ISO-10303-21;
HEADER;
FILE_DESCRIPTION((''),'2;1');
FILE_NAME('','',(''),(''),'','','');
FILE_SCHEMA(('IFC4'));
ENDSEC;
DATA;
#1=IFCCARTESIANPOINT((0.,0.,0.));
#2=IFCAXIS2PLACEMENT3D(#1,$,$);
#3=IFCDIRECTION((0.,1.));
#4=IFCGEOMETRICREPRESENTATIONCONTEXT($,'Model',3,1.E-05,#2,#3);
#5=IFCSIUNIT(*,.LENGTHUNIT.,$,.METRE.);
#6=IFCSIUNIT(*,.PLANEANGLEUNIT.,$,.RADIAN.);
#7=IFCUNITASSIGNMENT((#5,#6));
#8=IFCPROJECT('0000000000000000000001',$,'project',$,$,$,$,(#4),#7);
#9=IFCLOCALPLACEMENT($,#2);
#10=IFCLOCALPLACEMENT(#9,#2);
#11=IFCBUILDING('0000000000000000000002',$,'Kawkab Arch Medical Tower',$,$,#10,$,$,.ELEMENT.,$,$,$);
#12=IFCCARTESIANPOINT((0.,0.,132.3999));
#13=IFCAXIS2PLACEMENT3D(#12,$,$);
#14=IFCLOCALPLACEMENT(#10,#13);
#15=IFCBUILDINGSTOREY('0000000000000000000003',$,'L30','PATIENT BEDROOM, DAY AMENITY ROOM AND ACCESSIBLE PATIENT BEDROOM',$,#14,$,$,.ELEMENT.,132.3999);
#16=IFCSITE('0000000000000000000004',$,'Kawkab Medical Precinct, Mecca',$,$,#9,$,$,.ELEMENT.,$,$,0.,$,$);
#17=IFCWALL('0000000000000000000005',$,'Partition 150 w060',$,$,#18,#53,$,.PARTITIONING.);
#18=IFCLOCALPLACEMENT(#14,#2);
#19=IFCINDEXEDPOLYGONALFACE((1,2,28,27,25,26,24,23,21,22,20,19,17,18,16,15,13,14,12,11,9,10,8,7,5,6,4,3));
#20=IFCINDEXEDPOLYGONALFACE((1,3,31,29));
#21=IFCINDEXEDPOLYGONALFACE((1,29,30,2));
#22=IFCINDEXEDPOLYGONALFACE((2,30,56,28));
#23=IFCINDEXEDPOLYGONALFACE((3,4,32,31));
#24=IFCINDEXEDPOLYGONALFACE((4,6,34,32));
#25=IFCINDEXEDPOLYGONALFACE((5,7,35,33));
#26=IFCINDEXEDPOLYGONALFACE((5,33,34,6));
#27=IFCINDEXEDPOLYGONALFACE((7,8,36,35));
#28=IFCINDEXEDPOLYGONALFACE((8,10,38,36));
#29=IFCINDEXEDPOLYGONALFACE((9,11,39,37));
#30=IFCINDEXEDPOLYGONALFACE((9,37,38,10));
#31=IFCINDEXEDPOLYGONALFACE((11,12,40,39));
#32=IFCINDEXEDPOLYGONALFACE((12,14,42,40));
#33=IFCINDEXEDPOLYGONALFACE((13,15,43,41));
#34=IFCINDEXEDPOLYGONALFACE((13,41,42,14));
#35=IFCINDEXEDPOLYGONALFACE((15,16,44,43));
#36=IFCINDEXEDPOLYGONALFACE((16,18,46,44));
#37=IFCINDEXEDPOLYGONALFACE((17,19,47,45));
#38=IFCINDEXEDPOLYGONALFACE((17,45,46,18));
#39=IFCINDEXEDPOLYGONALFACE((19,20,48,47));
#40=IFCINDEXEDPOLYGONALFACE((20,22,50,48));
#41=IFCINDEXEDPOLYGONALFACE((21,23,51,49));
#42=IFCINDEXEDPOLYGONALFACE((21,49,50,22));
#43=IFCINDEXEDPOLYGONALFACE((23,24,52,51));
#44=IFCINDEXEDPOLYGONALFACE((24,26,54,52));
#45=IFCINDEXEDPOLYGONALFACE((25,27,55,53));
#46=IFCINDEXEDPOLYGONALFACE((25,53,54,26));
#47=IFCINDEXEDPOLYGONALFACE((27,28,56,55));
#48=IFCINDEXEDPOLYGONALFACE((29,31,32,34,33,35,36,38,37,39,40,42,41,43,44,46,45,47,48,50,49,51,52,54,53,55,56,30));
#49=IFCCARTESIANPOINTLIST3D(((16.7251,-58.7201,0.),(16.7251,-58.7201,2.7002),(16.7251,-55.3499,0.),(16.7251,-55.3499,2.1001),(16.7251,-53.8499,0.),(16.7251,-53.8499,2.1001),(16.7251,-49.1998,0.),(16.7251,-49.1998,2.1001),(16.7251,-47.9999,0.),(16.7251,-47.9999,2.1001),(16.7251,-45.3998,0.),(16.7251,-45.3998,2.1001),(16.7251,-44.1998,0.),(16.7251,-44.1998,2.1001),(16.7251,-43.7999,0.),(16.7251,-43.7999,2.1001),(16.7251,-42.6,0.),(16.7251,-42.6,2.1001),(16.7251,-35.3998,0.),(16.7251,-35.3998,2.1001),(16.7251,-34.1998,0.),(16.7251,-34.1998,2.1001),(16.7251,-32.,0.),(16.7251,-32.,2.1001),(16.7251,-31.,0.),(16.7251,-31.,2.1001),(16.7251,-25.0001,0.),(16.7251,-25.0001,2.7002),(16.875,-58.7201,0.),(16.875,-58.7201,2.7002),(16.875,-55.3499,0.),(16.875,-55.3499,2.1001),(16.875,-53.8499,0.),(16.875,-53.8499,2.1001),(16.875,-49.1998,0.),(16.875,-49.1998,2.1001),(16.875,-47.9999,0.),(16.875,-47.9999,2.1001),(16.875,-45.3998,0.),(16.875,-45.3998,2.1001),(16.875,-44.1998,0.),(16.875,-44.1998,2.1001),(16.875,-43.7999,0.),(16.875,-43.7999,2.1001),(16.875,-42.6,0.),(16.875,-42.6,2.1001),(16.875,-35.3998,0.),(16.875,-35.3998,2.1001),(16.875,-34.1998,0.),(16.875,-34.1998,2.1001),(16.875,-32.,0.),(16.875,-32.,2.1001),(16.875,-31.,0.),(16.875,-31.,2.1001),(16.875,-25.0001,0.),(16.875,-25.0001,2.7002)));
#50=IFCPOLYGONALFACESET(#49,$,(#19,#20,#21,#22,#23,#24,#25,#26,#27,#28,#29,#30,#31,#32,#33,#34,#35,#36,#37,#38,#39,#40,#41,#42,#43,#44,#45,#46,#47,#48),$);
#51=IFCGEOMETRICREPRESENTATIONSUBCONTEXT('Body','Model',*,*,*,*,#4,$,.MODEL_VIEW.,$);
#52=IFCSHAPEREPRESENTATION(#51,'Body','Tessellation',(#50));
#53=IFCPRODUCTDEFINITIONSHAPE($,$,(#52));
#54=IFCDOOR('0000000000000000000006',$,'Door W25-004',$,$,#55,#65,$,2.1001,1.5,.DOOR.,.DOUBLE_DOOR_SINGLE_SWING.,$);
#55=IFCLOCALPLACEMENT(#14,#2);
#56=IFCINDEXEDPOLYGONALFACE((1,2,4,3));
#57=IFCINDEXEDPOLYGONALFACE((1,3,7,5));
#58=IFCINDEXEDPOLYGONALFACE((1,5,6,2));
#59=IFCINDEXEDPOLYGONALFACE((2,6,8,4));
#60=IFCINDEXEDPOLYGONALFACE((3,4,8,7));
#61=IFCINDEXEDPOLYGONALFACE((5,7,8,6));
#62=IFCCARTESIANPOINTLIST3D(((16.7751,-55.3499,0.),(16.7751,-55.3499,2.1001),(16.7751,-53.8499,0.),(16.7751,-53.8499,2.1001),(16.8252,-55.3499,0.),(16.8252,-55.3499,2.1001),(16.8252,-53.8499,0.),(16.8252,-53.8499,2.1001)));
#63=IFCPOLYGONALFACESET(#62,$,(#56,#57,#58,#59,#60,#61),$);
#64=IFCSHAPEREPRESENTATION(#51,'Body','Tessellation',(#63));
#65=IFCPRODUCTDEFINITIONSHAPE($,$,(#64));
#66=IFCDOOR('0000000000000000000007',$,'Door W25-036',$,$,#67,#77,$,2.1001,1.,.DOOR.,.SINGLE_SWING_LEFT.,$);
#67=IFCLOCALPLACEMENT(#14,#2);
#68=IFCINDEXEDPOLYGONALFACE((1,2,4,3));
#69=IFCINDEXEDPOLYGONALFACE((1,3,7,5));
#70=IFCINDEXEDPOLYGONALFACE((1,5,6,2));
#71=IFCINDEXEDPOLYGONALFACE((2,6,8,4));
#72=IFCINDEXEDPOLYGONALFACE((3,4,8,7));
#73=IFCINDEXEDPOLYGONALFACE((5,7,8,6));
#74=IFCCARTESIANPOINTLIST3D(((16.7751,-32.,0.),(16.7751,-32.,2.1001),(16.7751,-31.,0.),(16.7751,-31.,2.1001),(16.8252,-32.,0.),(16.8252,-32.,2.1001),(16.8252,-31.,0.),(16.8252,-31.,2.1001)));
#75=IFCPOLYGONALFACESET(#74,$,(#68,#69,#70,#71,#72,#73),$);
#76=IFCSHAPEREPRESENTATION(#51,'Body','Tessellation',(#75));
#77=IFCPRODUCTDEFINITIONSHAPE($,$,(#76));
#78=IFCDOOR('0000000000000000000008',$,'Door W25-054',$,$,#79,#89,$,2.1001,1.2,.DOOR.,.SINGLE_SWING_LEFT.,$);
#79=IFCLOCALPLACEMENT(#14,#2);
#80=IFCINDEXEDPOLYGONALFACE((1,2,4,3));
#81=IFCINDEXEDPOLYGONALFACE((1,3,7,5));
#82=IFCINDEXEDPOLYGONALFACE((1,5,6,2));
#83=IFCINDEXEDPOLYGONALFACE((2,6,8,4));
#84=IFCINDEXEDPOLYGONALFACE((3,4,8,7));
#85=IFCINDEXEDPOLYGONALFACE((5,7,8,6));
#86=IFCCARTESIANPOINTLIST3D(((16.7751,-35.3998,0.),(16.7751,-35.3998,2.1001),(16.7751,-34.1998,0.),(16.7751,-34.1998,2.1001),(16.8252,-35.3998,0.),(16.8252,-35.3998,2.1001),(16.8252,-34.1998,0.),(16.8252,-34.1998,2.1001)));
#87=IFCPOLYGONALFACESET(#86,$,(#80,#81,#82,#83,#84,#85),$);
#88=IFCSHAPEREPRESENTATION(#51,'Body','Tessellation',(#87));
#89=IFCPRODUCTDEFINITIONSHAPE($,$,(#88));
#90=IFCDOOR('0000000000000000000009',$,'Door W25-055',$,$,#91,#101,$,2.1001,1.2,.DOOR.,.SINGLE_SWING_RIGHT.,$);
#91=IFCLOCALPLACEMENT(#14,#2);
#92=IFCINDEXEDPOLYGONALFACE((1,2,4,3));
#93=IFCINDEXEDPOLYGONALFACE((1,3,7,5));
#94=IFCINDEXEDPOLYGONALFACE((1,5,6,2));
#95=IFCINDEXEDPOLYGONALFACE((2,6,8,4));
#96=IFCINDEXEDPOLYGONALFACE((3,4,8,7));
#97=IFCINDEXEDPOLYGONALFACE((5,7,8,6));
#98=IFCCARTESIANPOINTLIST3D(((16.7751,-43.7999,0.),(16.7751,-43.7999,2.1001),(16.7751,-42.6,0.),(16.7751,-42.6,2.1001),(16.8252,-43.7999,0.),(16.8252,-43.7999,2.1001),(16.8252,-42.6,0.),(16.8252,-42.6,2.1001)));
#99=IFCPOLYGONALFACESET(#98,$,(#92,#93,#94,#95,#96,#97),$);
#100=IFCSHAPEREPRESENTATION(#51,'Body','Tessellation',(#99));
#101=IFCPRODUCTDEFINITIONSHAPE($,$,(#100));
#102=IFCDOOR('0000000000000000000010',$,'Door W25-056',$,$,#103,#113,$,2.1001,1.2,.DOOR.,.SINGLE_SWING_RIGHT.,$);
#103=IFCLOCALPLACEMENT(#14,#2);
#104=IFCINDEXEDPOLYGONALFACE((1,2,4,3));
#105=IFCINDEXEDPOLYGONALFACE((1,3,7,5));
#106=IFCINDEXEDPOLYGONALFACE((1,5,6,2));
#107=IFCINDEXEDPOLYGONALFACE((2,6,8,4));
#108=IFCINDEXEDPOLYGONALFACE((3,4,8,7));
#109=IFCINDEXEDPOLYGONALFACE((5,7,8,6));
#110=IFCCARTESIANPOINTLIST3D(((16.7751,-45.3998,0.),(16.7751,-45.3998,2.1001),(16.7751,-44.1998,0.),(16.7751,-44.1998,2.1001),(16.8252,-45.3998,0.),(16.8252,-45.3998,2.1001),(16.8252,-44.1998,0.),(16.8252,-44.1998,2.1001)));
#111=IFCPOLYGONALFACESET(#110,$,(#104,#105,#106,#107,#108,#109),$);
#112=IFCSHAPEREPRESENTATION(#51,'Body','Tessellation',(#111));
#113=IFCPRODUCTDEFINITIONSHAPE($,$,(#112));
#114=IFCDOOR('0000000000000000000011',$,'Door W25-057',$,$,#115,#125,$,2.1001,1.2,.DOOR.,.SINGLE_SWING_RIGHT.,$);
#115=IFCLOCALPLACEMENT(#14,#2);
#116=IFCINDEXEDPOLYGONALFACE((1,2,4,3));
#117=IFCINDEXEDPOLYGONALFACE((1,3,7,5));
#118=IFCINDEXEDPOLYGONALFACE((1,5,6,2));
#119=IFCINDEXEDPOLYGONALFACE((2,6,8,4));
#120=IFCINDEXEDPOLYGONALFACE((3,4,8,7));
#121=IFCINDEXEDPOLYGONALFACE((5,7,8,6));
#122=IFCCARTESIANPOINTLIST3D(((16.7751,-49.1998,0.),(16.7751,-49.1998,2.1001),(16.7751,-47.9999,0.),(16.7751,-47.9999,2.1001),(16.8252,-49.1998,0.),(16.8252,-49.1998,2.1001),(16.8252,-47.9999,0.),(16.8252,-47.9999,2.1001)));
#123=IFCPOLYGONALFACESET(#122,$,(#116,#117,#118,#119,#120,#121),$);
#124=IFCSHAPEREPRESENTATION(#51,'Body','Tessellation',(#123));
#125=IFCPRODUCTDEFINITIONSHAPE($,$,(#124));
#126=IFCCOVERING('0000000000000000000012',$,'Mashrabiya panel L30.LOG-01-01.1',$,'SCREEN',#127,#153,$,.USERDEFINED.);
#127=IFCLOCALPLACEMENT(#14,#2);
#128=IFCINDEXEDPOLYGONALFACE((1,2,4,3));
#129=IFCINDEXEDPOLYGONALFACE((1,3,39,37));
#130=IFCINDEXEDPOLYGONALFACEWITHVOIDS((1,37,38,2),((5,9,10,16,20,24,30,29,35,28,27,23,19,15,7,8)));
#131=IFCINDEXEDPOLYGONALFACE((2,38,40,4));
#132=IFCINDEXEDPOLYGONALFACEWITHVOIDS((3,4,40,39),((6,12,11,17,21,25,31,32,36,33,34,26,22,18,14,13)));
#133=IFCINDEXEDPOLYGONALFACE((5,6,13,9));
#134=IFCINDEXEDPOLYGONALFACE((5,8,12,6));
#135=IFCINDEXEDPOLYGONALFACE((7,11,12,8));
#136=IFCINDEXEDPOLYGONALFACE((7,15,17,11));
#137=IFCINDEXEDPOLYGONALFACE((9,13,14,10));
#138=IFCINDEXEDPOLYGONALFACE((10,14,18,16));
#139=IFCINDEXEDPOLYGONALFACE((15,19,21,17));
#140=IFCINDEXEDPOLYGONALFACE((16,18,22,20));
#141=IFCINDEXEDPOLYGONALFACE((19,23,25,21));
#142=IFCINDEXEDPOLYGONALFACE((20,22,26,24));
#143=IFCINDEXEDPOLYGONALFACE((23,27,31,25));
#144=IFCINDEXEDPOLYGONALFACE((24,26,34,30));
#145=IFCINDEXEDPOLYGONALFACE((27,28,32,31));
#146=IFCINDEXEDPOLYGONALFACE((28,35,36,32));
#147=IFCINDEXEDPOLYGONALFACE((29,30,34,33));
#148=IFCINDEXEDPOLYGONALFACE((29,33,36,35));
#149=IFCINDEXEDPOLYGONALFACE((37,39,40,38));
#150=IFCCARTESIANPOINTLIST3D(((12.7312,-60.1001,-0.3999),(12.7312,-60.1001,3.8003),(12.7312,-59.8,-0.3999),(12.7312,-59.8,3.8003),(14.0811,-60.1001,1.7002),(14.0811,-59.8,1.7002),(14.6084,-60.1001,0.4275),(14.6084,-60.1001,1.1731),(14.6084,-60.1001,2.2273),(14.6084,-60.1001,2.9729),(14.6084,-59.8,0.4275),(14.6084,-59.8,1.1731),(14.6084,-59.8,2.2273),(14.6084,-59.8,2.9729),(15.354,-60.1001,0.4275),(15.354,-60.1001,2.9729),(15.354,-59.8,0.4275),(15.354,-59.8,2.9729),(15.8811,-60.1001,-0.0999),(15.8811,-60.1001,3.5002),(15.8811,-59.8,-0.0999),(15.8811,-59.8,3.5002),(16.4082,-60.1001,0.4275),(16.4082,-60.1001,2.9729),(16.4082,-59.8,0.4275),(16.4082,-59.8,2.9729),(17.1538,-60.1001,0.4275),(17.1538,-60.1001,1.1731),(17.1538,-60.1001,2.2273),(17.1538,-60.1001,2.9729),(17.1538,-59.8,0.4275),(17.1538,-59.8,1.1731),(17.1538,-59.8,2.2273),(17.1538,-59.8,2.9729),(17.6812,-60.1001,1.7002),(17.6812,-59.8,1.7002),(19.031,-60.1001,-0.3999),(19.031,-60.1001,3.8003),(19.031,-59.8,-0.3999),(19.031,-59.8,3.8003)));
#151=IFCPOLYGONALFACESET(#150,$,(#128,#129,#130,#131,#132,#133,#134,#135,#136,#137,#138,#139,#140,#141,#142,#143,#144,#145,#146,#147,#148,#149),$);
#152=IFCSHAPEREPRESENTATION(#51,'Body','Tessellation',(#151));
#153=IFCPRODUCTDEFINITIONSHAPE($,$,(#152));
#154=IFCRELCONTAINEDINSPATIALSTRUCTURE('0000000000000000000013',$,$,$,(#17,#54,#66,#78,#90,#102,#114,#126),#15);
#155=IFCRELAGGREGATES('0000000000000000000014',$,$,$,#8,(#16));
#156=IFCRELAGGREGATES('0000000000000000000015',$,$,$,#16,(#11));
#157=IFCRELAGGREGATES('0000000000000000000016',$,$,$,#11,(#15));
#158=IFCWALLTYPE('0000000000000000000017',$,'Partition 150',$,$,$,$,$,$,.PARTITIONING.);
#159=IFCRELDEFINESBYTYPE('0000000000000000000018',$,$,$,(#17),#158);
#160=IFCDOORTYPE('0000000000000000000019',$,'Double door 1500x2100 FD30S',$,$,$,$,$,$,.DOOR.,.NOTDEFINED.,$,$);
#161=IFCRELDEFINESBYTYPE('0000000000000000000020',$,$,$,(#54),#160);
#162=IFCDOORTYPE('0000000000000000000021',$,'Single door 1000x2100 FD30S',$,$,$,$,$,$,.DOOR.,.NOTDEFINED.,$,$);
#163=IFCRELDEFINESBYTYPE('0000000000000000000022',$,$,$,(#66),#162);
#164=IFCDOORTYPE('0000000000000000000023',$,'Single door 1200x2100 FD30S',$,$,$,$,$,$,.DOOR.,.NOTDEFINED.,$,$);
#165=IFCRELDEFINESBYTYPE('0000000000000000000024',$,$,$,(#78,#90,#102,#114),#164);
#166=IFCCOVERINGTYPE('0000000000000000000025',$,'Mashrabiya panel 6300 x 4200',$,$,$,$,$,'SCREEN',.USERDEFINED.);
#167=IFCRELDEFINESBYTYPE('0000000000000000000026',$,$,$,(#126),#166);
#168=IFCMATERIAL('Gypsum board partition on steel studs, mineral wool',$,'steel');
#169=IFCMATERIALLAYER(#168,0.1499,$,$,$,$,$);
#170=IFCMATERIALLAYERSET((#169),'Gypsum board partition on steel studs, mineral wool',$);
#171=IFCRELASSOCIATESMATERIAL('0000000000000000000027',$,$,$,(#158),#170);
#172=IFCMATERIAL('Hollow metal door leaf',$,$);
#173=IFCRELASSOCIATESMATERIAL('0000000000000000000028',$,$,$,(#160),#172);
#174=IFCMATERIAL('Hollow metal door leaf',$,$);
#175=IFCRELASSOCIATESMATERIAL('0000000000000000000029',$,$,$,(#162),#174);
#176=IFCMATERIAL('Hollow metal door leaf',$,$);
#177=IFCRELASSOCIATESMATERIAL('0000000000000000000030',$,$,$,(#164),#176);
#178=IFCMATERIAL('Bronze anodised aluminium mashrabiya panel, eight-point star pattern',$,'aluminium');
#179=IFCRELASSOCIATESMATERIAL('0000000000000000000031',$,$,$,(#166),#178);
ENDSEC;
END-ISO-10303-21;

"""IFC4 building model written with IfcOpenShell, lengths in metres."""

from ifc_helpers import new_model, si_unit, direction, frame, frame_2d, origin, place, context, subcontext, project, spatial, polyline, rectangle, outline, extrude, material, layer, layer_set, material_profile, profile_set, type_object, element, fill, save


model = new_model("IFC4")

# Units and contexts
model_context = context("Model", 3, precision=1e-05, world=origin(), true_north=direction((0.0, 1.0)))
body_context = subcontext(model_context, "Body", "Model", "MODEL_VIEW")
ifc_project = project(units=[si_unit("LENGTHUNIT", "METRE"), si_unit("PLANEANGLEUNIT", "RADIAN")], contexts=[model_context])

# Site, building, storey
site_placement = place(None, origin())
site = spatial("IfcSite", under=ifc_project, at=site_placement, Name="Kawkab Medical Precinct, Mecca", CompositionType="ELEMENT", RefElevation=0.0)
building_placement = place(site_placement, origin())
building = spatial("IfcBuilding", under=site, at=building_placement, Name="Kawkab Arch Medical Tower", CompositionType="ELEMENT")
storey_placement = place(building_placement, frame((0.0, 0.0, 132.3999)))
storey = spatial("IfcBuildingStorey", under=building, at=storey_placement, Name="L30", Description="PATIENT BEDROOM, DAY AMENITY ROOM AND ACCESSIBLE PATIENT BEDROOM", CompositionType="ELEMENT", Elevation=132.3999)

# Shared definitions
ifc_material_1 = material(Name="Gypsum board partition on steel studs, mineral wool", Category="steel")
ifc_layer_1 = layer(ifc_material_1, 0.1499)
ifc_layer_set_1 = layer_set([ifc_layer_1], Name="Gypsum board partition on steel studs, mineral wool")
wall_type = type_object("IfcWallType", Name="Partition 150", PredefinedType="PARTITIONING", material=ifc_layer_set_1)

# Shared definitions
ifc_material_2 = material(Name="Hollow metal door leaf")
door_type_1 = type_object("IfcDoorType", Name="Double door 1500x2100 FD30S", OperationType="NOTDEFINED", PredefinedType="DOOR", material=ifc_material_2)

# Wall, openings, doors
ifc_material_3 = material(Name="Hollow metal door leaf")
door_type_2 = type_object("IfcDoorType", Name="Single door 1000x2100 FD30S", OperationType="NOTDEFINED", PredefinedType="DOOR", material=ifc_material_3)
wall_1_placement = place(storey_placement, frame((16.8, -58.72, 0.0), z_axis=(0.0, 0.0, 1.0), x_axis=(0.0, 1.0, 0.0)))
wall_1 = element("IfcWall", 1, at=wall_1_placement, inside=storey, type_object=wall_type, Name="Partition 150 w060", PredefinedType="PARTITIONING", context=body_context, shape_type="SweptSolid", body=[
    extrude(rectangle(XDim=33.72, YDim=0.1499, at=frame_2d((16.8599, 0.0))), origin(), (0.0, 0.0, 1.0), 2.7002),
])
opening_1_placement = place(wall_1_placement, frame((26.72, 0.0, 0.0)))
opening_1 = element("IfcOpeningElement", 2, at=opening_1_placement, cuts=wall_1, PredefinedType="OPENING", context=body_context, shape_type="SweptSolid", body=[
    extrude(rectangle(XDim=1.0, YDim=2.1001, at=frame_2d((0.5, 1.05))), frame((0.0, 0.085, 0.0), z_axis=(0.0, -1.0, 0.0), x_axis=(1.0, 0.0, 0.0)), (0.0, 0.0, 1.0), 0.1699),
])
opening_2_placement = place(wall_1_placement, frame((23.3201, 0.0, 0.0)))
opening_2 = element("IfcOpeningElement", 3, at=opening_2_placement, cuts=wall_1, PredefinedType="OPENING", context=body_context, shape_type="SweptSolid", body=[
    extrude(rectangle(XDim=1.2, YDim=2.1001, at=frame_2d((0.6001, 1.05))), frame((0.0, 0.085, 0.0), z_axis=(0.0, -1.0, 0.0), x_axis=(1.0, 0.0, 0.0)), (0.0, 0.0, 1.0), 0.1699),
])
opening_3_placement = place(wall_1_placement, frame((14.9199, 0.0, 0.0)))
opening_3 = element("IfcOpeningElement", 4, at=opening_3_placement, cuts=wall_1, PredefinedType="OPENING", context=body_context, shape_type="SweptSolid", body=[
    extrude(rectangle(XDim=1.2, YDim=2.1001, at=frame_2d((0.6001, 1.05))), frame((0.0, 0.085, 0.0), z_axis=(0.0, -1.0, 0.0), x_axis=(1.0, 0.0, 0.0)), (0.0, 0.0, 1.0), 0.1699),
])
opening_4_placement = place(wall_1_placement, frame((13.3201, 0.0, 0.0)))
opening_4 = element("IfcOpeningElement", 5, at=opening_4_placement, cuts=wall_1, PredefinedType="OPENING", context=body_context, shape_type="SweptSolid", body=[
    extrude(rectangle(XDim=1.2, YDim=2.1001, at=frame_2d((0.6001, 1.05))), frame((0.0, 0.085, 0.0), z_axis=(0.0, -1.0, 0.0), x_axis=(1.0, 0.0, 0.0)), (0.0, 0.0, 1.0), 0.1699),
])
opening_5_placement = place(wall_1_placement, frame((9.52, 0.0, 0.0)))
opening_5 = element("IfcOpeningElement", 6, at=opening_5_placement, cuts=wall_1, PredefinedType="OPENING", context=body_context, shape_type="SweptSolid", body=[
    extrude(rectangle(XDim=1.2, YDim=2.1001, at=frame_2d((0.6001, 1.05))), frame((0.0, 0.085, 0.0), z_axis=(0.0, -1.0, 0.0), x_axis=(1.0, 0.0, 0.0)), (0.0, 0.0, 1.0), 0.1699),
])
opening_6_placement = place(wall_1_placement, frame((3.3701, 0.0, 0.0)))
opening_6 = element("IfcOpeningElement", 7, at=opening_6_placement, cuts=wall_1, PredefinedType="OPENING", context=body_context, shape_type="SweptSolid", body=[
    extrude(rectangle(XDim=1.5, YDim=2.1001, at=frame_2d((0.75, 1.05))), frame((0.0, 0.085, 0.0), z_axis=(0.0, -1.0, 0.0), x_axis=(1.0, 0.0, 0.0)), (0.0, 0.0, 1.0), 0.1699),
])
door_1_placement = place(opening_6_placement, origin())
door_1 = element("IfcDoor", 8, at=door_1_placement, inside=storey, type_object=door_type_1, Name="Door W25-004", OperationType="DOUBLE_DOOR_SINGLE_SWING", OverallHeight=2.1001, OverallWidth=1.5, PredefinedType="DOOR", context=body_context, shape_type="SweptSolid", body=[
    extrude(rectangle(XDim=1.5, YDim=2.1001, at=frame_2d((0.75, 1.05))), frame((0.0, 0.0249, 0.0), z_axis=(0.0, -1.0, 0.0), x_axis=(1.0, 0.0, 0.0)), (0.0, 0.0, 1.0), 0.05),
])
fill(opening_6, door_1)
door_2_placement = place(opening_1_placement, origin())
door_2 = element("IfcDoor", 9, at=door_2_placement, inside=storey, type_object=door_type_2, Name="Door W25-036", OperationType="SINGLE_SWING_LEFT", OverallHeight=2.1001, OverallWidth=1.0, PredefinedType="DOOR", context=body_context, shape_type="SweptSolid", body=[
    extrude(rectangle(XDim=1.0, YDim=2.1001, at=frame_2d((0.5, 1.05))), frame((0.0, 0.0249, 0.0), z_axis=(0.0, -1.0, 0.0), x_axis=(1.0, 0.0, 0.0)), (0.0, 0.0, 1.0), 0.05),
])
fill(opening_1, door_2)
ifc_material_4 = material(Name="Hollow metal door leaf")
door_type_3 = type_object("IfcDoorType", Name="Single door 1200x2100 FD30S", OperationType="NOTDEFINED", PredefinedType="DOOR", material=ifc_material_4)
door_3_placement = place(opening_2_placement, origin())
door_3 = element("IfcDoor", 10, at=door_3_placement, inside=storey, type_object=door_type_3, Name="Door W25-054", OperationType="SINGLE_SWING_LEFT", OverallHeight=2.1001, OverallWidth=1.2, PredefinedType="DOOR", context=body_context, shape_type="SweptSolid", body=[
    extrude(rectangle(XDim=1.2, YDim=2.1001, at=frame_2d((0.6001, 1.05))), frame((0.0, 0.0249, 0.0), z_axis=(0.0, -1.0, 0.0), x_axis=(1.0, 0.0, 0.0)), (0.0, 0.0, 1.0), 0.05),
])
fill(opening_2, door_3)
door_4_placement = place(opening_3_placement, origin())
door_4 = element("IfcDoor", 11, at=door_4_placement, inside=storey, type_object=door_type_3, Name="Door W25-055", OperationType="SINGLE_SWING_RIGHT", OverallHeight=2.1001, OverallWidth=1.2, PredefinedType="DOOR", context=body_context, shape_type="SweptSolid", body=[
    extrude(rectangle(XDim=1.2, YDim=2.1001, at=frame_2d((0.6001, 1.05))), frame((0.0, 0.0249, 0.0), z_axis=(0.0, -1.0, 0.0), x_axis=(1.0, 0.0, 0.0)), (0.0, 0.0, 1.0), 0.05),
])
fill(opening_3, door_4)
door_5_placement = place(opening_4_placement, origin())
door_5 = element("IfcDoor", 12, at=door_5_placement, inside=storey, type_object=door_type_3, Name="Door W25-056", OperationType="SINGLE_SWING_RIGHT", OverallHeight=2.1001, OverallWidth=1.2, PredefinedType="DOOR", context=body_context, shape_type="SweptSolid", body=[
    extrude(rectangle(XDim=1.2, YDim=2.1001, at=frame_2d((0.6001, 1.05))), frame((0.0, 0.0249, 0.0), z_axis=(0.0, -1.0, 0.0), x_axis=(1.0, 0.0, 0.0)), (0.0, 0.0, 1.0), 0.05),
])
fill(opening_4, door_5)
door_6_placement = place(opening_5_placement, origin())
door_6 = element("IfcDoor", 13, at=door_6_placement, inside=storey, type_object=door_type_3, Name="Door W25-057", OperationType="SINGLE_SWING_RIGHT", OverallHeight=2.1001, OverallWidth=1.2, PredefinedType="DOOR", context=body_context, shape_type="SweptSolid", body=[
    extrude(rectangle(XDim=1.2, YDim=2.1001, at=frame_2d((0.6001, 1.05))), frame((0.0, 0.0249, 0.0), z_axis=(0.0, -1.0, 0.0), x_axis=(1.0, 0.0, 0.0)), (0.0, 0.0, 1.0), 0.05),
])
fill(opening_5, door_6)

# Covering
ifc_material_5 = material(Name="Bronze anodised aluminium mashrabiya panel, eight-point star pattern", Category="aluminium")
ifc_material_profile_1 = material_profile(ifc_material_5, outline(polyline([(-3.1499, -2.1001), (3.1499, -2.1001), (3.1499, 2.1001), (-3.1499, 2.1001), (-3.1499, -2.1001)]), holes=[polyline([(1.8, 0.0), (1.2727, 0.5271), (1.2727, 1.2727), (0.5271, 1.2727), (0.0, 1.8), (-0.5271, 1.2727), (-1.2727, 1.2727), (-1.2727, 0.5271), (-1.8, 0.0), (-1.2727, -0.5271), (-1.2727, -1.2727), (-0.5271, -1.2727), (0.0, -1.8), (0.5271, -1.2727), (1.2727, -1.2727), (1.2727, -0.5271), (1.8, 0.0)])]), Name="Mashrabiya panel 6300x4200")
ifc_profile_set_1 = profile_set([ifc_material_profile_1], Name="Bronze anodised aluminium mashrabiya panel, eight-point star pattern")
covering_type_1 = type_object("IfcCoveringType", Name="Mashrabiya panel 6300 x 4200", ElementType="SCREEN", PredefinedType="USERDEFINED", material=ifc_profile_set_1)
covering_1_placement = place(storey_placement, frame((15.8811, -59.8, 1.7002), z_axis=(0.0, -1.0, 0.0), x_axis=(1.0, 0.0, 0.0)))
element("IfcCovering", 14, at=covering_1_placement, inside=storey, type_object=covering_type_1, Name="Mashrabiya panel L30.LOG-01-01.1", ObjectType="SCREEN", PredefinedType="USERDEFINED", context=body_context, shape_type="SweptSolid", body=[
    extrude(outline(polyline([(-3.1499, -2.1001), (3.1499, -2.1001), (3.1499, 2.1001), (-3.1499, 2.1001), (-3.1499, -2.1001)]), holes=[polyline([(1.8, 0.0), (1.2727, 0.5271), (1.2727, 1.2727), (0.5271, 1.2727), (0.0, 1.8), (-0.5271, 1.2727), (-1.2727, 1.2727), (-1.2727, 0.5271), (-1.8, 0.0), (-1.2727, -0.5271), (-1.2727, -1.2727), (-0.5271, -1.2727), (0.0, -1.8), (0.5271, -1.2727), (1.2727, -1.2727), (1.2727, -0.5271), (1.8, 0.0)])]), origin(), (0.0, 0.0, 1.0), 0.3),
])

save(model, "model.ifc")
